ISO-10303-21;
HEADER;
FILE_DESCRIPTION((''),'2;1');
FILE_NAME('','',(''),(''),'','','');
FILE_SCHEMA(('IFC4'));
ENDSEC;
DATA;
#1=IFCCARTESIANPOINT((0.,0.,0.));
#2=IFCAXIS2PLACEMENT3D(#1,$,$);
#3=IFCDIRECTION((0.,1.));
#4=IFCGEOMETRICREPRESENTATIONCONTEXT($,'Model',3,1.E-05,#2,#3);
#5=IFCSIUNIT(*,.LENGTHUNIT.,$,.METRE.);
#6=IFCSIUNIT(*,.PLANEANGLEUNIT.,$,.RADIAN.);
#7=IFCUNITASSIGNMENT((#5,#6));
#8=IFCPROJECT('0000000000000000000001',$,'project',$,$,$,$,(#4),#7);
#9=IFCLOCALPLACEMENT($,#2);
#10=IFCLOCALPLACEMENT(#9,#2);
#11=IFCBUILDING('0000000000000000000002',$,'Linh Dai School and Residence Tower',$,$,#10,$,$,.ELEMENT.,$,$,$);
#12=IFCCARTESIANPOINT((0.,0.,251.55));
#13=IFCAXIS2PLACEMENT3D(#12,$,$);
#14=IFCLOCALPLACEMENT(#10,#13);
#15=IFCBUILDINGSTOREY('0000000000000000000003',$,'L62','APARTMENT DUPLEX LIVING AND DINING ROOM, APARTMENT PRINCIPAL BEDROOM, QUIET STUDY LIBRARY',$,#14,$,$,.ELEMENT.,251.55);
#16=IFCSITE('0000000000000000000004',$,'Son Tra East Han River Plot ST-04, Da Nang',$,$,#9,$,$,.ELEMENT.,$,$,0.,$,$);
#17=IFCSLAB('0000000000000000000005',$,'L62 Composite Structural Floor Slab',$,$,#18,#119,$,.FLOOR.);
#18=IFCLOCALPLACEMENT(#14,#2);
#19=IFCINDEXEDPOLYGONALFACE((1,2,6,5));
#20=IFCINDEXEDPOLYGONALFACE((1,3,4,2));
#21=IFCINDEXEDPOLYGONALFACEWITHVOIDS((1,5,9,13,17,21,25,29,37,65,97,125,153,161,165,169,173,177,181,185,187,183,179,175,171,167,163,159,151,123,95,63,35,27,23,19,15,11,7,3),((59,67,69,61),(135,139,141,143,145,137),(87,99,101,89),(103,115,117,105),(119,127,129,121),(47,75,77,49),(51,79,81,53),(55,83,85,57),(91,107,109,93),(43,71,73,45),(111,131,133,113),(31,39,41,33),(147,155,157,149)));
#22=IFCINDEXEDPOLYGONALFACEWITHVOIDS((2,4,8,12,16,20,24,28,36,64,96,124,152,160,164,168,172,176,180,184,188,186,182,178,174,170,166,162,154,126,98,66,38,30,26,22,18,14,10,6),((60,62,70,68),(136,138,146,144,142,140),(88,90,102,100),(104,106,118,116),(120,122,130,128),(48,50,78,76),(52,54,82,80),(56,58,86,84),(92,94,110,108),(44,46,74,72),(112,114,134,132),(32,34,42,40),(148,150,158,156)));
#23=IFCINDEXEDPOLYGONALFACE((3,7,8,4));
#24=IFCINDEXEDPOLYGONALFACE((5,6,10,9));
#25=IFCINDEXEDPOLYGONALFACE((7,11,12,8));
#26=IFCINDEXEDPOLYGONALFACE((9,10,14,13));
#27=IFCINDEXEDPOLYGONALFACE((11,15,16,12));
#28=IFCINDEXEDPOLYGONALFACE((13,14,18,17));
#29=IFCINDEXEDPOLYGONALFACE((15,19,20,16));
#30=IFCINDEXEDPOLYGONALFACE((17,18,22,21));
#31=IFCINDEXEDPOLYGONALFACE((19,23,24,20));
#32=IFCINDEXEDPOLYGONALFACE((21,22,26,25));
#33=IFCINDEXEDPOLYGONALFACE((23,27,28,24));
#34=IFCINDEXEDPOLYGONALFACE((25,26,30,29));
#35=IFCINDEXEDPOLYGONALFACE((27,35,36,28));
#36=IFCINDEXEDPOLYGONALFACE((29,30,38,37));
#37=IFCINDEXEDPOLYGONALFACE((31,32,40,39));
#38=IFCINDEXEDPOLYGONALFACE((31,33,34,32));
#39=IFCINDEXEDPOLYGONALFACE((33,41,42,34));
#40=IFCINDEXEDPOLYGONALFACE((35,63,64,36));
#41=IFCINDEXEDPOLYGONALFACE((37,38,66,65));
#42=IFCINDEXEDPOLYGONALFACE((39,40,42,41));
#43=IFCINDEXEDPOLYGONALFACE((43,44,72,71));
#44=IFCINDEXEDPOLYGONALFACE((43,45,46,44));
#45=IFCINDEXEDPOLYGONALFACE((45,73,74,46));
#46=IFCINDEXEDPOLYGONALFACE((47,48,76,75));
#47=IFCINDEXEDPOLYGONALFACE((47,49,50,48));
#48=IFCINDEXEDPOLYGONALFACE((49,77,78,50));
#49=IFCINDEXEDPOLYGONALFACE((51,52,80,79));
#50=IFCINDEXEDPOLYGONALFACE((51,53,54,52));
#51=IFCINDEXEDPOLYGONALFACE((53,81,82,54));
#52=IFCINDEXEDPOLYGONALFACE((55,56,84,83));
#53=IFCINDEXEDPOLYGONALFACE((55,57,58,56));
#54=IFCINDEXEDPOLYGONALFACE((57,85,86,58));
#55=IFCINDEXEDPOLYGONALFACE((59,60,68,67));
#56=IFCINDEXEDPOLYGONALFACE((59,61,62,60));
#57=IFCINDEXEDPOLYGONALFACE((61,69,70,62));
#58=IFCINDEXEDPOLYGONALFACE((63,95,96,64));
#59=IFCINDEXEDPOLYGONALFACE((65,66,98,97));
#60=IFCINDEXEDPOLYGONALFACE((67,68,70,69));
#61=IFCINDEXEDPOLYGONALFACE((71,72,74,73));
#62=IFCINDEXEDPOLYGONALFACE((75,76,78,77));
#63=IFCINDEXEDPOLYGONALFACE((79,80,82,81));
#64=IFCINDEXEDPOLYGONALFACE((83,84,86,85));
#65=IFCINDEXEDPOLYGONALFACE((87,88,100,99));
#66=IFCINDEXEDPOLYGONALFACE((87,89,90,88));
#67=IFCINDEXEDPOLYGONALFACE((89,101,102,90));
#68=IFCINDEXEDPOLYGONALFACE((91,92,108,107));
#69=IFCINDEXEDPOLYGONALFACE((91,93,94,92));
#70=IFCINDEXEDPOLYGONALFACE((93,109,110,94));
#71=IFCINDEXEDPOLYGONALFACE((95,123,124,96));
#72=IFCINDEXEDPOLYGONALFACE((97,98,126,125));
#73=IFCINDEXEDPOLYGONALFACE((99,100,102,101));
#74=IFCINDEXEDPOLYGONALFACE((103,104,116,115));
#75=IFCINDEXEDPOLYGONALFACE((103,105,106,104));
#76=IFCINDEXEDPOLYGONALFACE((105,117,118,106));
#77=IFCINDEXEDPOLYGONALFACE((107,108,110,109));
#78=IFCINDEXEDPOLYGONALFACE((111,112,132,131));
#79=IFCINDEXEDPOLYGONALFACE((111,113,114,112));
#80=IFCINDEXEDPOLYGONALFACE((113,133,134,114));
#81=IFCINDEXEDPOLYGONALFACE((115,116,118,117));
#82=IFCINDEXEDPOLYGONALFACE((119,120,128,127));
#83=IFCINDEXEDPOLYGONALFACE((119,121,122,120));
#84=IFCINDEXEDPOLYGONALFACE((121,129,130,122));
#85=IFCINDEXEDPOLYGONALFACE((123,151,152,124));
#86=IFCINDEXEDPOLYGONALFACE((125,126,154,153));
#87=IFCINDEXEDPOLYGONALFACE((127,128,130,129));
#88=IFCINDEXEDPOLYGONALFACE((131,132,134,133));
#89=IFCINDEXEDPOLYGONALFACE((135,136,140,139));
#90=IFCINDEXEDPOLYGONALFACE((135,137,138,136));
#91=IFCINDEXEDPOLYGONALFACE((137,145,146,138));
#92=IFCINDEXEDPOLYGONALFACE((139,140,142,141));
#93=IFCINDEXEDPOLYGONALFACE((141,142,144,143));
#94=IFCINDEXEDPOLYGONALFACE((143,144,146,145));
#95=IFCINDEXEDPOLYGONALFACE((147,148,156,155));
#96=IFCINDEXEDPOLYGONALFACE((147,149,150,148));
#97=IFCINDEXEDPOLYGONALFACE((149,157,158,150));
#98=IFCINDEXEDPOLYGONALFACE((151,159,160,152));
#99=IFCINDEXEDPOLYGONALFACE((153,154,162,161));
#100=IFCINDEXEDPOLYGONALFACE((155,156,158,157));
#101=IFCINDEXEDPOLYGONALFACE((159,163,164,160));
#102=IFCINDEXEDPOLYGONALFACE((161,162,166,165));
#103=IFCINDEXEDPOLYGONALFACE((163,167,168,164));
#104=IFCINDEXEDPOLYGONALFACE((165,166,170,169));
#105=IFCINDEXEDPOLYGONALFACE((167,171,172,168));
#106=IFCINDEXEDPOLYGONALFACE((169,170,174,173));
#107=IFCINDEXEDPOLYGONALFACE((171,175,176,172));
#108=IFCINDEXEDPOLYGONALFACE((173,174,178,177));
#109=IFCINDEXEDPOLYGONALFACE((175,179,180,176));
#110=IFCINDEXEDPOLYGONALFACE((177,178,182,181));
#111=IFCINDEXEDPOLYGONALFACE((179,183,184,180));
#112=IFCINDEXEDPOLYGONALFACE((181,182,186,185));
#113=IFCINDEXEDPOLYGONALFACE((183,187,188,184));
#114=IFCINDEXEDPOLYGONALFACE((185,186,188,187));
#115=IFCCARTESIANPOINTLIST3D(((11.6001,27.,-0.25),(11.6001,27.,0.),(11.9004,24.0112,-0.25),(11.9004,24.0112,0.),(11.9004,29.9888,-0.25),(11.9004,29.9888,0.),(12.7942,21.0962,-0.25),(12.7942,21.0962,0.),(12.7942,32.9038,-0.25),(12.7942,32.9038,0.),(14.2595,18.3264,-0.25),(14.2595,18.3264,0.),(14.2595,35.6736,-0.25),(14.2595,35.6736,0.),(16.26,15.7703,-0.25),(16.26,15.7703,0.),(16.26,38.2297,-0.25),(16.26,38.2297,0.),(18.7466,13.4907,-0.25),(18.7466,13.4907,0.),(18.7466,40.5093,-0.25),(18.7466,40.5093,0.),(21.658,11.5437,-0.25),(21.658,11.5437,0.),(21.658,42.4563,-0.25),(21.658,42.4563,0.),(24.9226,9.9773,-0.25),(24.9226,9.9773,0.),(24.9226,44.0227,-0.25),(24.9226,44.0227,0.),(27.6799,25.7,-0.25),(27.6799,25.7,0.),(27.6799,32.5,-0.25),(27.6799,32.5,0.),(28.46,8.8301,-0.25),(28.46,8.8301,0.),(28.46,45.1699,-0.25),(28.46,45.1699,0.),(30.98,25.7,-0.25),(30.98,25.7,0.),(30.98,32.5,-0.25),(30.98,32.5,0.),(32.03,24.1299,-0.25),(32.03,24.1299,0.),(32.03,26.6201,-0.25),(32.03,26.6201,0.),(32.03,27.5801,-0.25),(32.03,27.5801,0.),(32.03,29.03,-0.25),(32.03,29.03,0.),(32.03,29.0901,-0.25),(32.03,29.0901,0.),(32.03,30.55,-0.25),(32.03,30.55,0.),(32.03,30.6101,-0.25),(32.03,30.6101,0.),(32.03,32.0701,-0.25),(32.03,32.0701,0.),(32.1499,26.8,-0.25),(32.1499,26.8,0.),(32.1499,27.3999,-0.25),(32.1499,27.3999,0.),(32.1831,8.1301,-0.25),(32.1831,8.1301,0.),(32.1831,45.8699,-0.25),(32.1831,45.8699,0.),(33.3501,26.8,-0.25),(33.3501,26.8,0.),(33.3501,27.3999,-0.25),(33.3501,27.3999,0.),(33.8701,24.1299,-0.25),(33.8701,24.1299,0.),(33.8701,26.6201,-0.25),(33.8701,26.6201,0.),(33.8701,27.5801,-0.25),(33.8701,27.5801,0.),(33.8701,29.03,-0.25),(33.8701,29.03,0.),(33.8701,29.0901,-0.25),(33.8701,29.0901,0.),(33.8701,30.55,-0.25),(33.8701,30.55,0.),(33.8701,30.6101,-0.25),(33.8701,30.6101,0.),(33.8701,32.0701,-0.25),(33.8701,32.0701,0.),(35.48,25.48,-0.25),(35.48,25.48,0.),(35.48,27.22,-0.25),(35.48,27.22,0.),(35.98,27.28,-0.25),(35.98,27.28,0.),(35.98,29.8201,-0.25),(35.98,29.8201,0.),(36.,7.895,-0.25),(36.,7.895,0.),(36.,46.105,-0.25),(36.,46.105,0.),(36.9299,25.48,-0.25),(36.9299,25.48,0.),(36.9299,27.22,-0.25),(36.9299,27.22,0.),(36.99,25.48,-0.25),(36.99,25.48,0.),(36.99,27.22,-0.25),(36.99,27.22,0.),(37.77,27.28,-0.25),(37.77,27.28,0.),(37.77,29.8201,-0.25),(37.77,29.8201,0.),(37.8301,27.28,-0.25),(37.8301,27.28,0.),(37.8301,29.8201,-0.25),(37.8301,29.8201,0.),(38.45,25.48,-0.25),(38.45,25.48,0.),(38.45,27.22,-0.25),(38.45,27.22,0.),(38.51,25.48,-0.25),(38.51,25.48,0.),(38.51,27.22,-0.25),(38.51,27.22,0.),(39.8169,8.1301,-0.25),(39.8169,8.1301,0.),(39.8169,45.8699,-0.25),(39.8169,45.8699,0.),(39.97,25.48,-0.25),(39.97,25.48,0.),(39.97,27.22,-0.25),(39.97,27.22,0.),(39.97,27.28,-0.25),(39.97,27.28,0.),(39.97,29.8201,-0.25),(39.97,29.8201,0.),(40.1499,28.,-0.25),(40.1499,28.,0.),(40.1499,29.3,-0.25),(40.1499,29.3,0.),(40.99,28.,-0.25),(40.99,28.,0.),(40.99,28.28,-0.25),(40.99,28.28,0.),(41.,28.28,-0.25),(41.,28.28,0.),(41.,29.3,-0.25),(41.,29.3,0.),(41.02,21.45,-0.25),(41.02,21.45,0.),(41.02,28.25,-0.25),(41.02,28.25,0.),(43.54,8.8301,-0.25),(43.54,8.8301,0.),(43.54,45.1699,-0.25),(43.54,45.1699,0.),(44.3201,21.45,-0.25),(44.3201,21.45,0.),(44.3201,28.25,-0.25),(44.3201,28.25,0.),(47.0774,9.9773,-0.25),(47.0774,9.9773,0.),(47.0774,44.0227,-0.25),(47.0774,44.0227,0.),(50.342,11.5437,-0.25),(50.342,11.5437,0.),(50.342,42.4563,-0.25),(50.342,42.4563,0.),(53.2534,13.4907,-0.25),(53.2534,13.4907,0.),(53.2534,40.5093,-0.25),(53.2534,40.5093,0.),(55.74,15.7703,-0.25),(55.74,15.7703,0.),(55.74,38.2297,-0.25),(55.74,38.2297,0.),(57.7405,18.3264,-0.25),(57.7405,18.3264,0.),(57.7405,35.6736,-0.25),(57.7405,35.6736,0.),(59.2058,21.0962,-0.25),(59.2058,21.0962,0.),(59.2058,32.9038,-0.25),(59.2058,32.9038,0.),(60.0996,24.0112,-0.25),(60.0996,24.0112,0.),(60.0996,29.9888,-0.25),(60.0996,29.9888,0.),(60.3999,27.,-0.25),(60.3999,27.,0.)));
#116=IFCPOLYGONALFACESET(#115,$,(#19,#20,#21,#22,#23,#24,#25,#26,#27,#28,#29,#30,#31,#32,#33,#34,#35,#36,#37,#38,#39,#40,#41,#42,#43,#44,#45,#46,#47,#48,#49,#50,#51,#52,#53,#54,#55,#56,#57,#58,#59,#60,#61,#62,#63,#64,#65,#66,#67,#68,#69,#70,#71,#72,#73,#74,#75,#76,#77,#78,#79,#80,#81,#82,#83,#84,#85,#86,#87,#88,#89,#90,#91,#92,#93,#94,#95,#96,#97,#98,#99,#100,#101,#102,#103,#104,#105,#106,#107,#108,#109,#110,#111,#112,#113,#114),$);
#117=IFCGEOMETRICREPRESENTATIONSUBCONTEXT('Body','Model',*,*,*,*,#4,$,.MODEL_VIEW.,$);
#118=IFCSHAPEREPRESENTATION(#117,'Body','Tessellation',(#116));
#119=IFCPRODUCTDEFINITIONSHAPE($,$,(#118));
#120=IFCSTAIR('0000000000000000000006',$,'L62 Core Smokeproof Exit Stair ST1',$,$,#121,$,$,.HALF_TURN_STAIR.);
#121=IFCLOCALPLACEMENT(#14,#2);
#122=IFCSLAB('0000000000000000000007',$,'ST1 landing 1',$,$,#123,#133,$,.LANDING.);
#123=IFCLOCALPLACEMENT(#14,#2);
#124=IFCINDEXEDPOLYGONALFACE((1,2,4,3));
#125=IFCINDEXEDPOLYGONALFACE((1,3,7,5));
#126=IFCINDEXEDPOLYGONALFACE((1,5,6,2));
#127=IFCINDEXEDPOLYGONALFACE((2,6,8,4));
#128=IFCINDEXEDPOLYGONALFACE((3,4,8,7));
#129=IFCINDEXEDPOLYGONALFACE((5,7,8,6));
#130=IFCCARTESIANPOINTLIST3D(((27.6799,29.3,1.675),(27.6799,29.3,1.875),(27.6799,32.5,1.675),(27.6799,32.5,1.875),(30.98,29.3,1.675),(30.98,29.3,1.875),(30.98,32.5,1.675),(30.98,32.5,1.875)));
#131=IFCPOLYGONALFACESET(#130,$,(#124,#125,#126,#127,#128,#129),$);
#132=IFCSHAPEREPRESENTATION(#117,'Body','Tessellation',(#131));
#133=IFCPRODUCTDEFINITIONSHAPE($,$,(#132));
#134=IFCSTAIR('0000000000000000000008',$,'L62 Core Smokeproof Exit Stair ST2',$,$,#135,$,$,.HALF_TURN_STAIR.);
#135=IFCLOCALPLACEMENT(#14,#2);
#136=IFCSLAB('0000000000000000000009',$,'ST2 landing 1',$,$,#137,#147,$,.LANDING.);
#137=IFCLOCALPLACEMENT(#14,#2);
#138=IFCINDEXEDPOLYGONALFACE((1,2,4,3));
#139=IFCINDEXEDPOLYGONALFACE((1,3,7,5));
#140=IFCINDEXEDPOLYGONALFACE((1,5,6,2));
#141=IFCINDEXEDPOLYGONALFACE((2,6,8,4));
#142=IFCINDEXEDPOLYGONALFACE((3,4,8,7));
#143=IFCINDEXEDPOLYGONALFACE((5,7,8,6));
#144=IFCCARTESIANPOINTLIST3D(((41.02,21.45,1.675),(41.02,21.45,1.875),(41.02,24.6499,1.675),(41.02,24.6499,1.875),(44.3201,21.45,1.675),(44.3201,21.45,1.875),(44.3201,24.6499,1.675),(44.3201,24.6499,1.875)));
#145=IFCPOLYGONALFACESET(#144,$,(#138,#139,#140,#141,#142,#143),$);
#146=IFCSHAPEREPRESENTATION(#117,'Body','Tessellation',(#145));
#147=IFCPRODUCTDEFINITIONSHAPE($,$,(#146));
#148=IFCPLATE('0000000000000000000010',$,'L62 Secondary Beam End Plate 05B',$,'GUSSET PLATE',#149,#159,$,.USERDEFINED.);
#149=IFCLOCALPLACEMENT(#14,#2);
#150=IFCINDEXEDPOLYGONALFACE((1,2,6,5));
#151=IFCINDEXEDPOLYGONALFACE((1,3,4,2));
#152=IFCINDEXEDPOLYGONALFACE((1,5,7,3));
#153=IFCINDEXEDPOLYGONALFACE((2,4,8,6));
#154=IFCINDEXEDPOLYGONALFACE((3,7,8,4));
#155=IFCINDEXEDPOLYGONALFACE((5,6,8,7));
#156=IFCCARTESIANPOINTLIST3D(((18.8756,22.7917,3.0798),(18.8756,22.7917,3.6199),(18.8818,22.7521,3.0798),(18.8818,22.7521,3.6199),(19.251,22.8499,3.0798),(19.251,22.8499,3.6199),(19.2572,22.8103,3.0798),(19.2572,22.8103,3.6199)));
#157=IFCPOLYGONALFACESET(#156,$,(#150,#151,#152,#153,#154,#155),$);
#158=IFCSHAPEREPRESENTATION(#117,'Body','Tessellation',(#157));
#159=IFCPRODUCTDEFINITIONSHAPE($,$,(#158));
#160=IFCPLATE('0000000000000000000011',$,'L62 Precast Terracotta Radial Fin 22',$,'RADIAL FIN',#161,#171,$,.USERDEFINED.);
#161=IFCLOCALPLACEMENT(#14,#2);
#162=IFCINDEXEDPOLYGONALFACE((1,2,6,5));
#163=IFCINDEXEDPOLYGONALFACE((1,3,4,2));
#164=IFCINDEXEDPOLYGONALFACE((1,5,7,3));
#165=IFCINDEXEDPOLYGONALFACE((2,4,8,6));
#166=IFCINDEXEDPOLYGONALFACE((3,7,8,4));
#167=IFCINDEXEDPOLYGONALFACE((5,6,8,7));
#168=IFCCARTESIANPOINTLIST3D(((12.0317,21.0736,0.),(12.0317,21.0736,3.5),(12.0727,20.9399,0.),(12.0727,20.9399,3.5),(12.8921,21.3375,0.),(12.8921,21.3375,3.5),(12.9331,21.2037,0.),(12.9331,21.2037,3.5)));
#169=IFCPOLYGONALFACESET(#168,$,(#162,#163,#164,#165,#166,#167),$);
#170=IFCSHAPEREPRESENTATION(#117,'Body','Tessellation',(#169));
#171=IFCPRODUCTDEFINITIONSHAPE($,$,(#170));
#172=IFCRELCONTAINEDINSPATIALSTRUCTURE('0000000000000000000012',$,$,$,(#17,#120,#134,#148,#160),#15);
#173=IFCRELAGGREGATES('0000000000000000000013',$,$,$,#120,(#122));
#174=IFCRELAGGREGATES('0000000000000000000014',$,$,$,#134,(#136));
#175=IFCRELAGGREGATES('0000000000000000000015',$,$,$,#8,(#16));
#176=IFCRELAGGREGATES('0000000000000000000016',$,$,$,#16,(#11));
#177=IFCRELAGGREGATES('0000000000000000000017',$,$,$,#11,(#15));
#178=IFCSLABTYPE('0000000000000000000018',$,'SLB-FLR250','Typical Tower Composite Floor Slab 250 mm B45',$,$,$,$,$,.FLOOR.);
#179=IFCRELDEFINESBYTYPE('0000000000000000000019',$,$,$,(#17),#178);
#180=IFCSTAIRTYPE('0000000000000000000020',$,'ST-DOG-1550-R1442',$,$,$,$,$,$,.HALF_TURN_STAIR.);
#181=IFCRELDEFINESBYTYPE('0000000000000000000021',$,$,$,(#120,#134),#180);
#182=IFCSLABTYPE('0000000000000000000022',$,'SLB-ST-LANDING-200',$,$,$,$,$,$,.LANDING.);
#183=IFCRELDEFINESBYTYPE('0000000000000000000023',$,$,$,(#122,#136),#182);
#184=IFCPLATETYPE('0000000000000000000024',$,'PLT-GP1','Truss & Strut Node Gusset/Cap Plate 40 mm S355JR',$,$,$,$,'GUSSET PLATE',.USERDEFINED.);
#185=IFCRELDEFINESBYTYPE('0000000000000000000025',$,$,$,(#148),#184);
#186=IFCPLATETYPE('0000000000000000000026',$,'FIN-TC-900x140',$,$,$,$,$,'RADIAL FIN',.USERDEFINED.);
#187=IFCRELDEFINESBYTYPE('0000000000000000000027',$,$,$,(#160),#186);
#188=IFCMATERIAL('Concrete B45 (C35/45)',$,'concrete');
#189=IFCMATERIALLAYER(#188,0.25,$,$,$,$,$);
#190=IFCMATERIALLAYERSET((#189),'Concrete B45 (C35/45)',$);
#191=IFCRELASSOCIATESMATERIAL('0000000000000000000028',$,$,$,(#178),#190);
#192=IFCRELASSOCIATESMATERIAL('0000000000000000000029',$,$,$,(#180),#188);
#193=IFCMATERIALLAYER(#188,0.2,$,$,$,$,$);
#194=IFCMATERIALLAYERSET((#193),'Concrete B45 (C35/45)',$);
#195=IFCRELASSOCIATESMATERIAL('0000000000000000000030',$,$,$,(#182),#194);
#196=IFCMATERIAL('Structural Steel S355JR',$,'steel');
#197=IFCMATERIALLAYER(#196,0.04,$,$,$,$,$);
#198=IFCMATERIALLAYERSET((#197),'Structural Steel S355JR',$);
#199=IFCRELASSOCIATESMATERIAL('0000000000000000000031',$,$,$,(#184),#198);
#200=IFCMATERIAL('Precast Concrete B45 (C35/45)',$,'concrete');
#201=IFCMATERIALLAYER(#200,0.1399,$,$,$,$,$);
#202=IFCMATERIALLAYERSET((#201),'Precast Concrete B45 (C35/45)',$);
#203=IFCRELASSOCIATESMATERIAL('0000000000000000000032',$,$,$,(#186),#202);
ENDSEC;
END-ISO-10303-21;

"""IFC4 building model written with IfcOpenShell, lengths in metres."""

from ifc_helpers import new_model, si_unit, direction, frame, origin, origin_2d, place, context, subcontext, project, spatial, polyline, rectangle, outline, extrude, source, transform, mapped, material, layer, layer_set, type_object, element, aggregate, save


model = new_model("IFC4")

# Units and contexts
model_context = context("Model", 3, precision=1e-05, world=origin(), true_north=direction((0.0, 1.0)))
body_context = subcontext(model_context, "Body", "Model", "MODEL_VIEW")
ifc_project = project(units=[si_unit("LENGTHUNIT", "METRE"), si_unit("PLANEANGLEUNIT", "RADIAN")], contexts=[model_context])

# Site, building, storey
site_placement = place(None, origin())
site = spatial("IfcSite", under=ifc_project, at=site_placement, Name="Son Tra East Han River Plot ST-04, Da Nang", CompositionType="ELEMENT", RefElevation=0.0)
building_placement = place(site_placement, origin())
building = spatial("IfcBuilding", under=site, at=building_placement, Name="Linh Dai School and Residence Tower", CompositionType="ELEMENT")
storey_placement = place(building_placement, frame((0.0, 0.0, 251.55)))
storey = spatial("IfcBuildingStorey", under=building, at=storey_placement, Name="L62", Description="APARTMENT DUPLEX LIVING AND DINING ROOM, APARTMENT PRINCIPAL BEDROOM, QUIET STUDY LIBRARY", CompositionType="ELEMENT", Elevation=251.55)

# Shared definitions
ifc_material_1 = material(Name="Structural Steel S355JR", Category="steel")

# Slab
ifc_material_2 = material(Name="Concrete B45 (C35/45)", Category="concrete")
ifc_layer_1 = layer(ifc_material_2, 0.25)
ifc_layer_set_1 = layer_set([ifc_layer_1], Name="Concrete B45 (C35/45)")
slab_type_1 = type_object("IfcSlabType", Name="SLB-FLR250", Description="Typical Tower Composite Floor Slab 250 mm B45", PredefinedType="FLOOR", material=ifc_layer_set_1)
slab_1_placement = place(storey_placement, frame((0.0, 0.0, -0.25)))
element("IfcSlab", 1, at=slab_1_placement, inside=storey, type_object=slab_type_1, Name="L62 Composite Structural Floor Slab", PredefinedType="FLOOR", context=body_context, shape_type="SweptSolid", body=[
    extrude(outline(polyline([(60.3999, 27.0), (60.0996, 29.9888), (59.2058, 32.9038), (57.7405, 35.6736), (55.74, 38.2297), (53.2534, 40.5093), (50.342, 42.4563), (47.0774, 44.0227), (43.54, 45.1699), (39.8169, 45.8699), (36.0, 46.105), (32.1831, 45.8699), (28.46, 45.1699), (24.9226, 44.0227), (21.658, 42.4563), (18.7466, 40.5093), (16.26, 38.2297), (14.2595, 35.6736), (12.7942, 32.9038), (11.9004, 29.9888), (11.6001, 27.0), (11.9004, 24.0112), (12.7942, 21.0962), (14.2595, 18.3264), (16.26, 15.7703), (18.7466, 13.4907), (21.658, 11.5437), (24.9226, 9.9773), (28.46, 8.8301), (32.1831, 8.1301), (36.0, 7.895), (39.8169, 8.1301), (43.54, 8.8301), (47.0774, 9.9773), (50.342, 11.5437), (53.2534, 13.4907), (55.74, 15.7703), (57.7405, 18.3264), (59.2058, 21.0962), (60.0996, 24.0112), (60.3999, 27.0)]), holes=[polyline([(30.98, 25.7), (30.98, 32.5), (27.6799, 32.5), (27.6799, 25.7), (30.98, 25.7)]), polyline([(41.02, 28.25), (41.02, 21.45), (44.3201, 21.45), (44.3201, 28.25), (41.02, 28.25)]), polyline([(35.98, 27.28), (37.77, 27.28), (37.77, 29.8201), (35.98, 29.8201), (35.98, 27.28)]), polyline([(32.03, 24.1299), (33.8701, 24.1299), (33.8701, 26.6201), (32.03, 26.6201), (32.03, 24.1299)]), polyline([(37.8301, 27.28), (39.97, 27.28), (39.97, 29.8201), (37.8301, 29.8201), (37.8301, 27.28)]), polyline([(32.03, 27.5801), (33.8701, 27.5801), (33.8701, 29.03), (32.03, 29.03), (32.03, 27.5801)]), polyline([(32.03, 29.0901), (33.8701, 29.0901), (33.8701, 30.55), (32.03, 30.55), (32.03, 29.0901)]), polyline([(32.03, 30.6101), (33.8701, 30.6101), (33.8701, 32.0701), (32.03, 32.0701), (32.03, 30.6101)]), polyline([(35.48, 25.48), (36.9299, 25.48), (36.9299, 27.22), (35.48, 27.22), (35.48, 25.48)]), polyline([(36.99, 25.48), (38.45, 25.48), (38.45, 27.22), (36.99, 27.22), (36.99, 25.48)]), polyline([(38.51, 25.48), (39.97, 25.48), (39.97, 27.22), (38.51, 27.22), (38.51, 25.48)]), polyline([(40.1499, 28.0), (40.1499, 29.3), (41.0, 29.3), (41.0, 28.28), (40.99, 28.28), (40.99, 28.0), (40.1499, 28.0)]), polyline([(32.1499, 26.8), (33.3501, 26.8), (33.3501, 27.3999), (32.1499, 27.3999), (32.1499, 26.8)])]), origin(), (0.0, 0.0, 1.0), 0.25),
])

# Stairs, slabs
stair_type = type_object("IfcStairType", Name="ST-DOG-1550-R1442", PredefinedType="HALF_TURN_STAIR", material=ifc_material_2)
stair_1_placement = place(storey_placement, origin())
stair_1 = element("IfcStair", 2, at=stair_1_placement, inside=storey, type_object=stair_type, Name="L62 Core Smokeproof Exit Stair ST1", PredefinedType="HALF_TURN_STAIR")
ifc_layer_2 = layer(ifc_material_2, 0.2)
ifc_layer_set_2 = layer_set([ifc_layer_2], Name="Concrete B45 (C35/45)")
slab_type_2 = type_object("IfcSlabType", Name="SLB-ST-LANDING-200", PredefinedType="LANDING", material=ifc_layer_set_2)
slab_2_placement = place(storey_placement, frame((0.0, 0.0, 1.675)))
slab_2 = element("IfcSlab", 3, at=slab_2_placement, type_object=slab_type_2, Name="ST1 landing 1", PredefinedType="LANDING", context=body_context, shape_type="SweptSolid", body=[
    extrude(outline(polyline([(30.98, 29.3), (30.98, 32.5), (27.6799, 32.5), (27.6799, 29.3), (30.98, 29.3)])), origin(), (0.0, 0.0, 1.0), 0.2),
])
aggregate(stair_1, [slab_2])
stair_2_placement = place(storey_placement, origin())
stair_2 = element("IfcStair", 4, at=stair_2_placement, inside=storey, type_object=stair_type, Name="L62 Core Smokeproof Exit Stair ST2", PredefinedType="HALF_TURN_STAIR")
slab_3_placement = place(storey_placement, frame((0.0, 0.0, 1.675)))
slab_3 = element("IfcSlab", 5, at=slab_3_placement, type_object=slab_type_2, Name="ST2 landing 1", PredefinedType="LANDING", context=body_context, shape_type="SweptSolid", body=[
    extrude(outline(polyline([(41.02, 24.6499), (41.02, 21.45), (44.3201, 21.45), (44.3201, 24.6499), (41.02, 24.6499)])), origin(), (0.0, 0.0, 1.0), 0.2),
])
aggregate(stair_2, [slab_3])

# Plates
ifc_layer_3 = layer(ifc_material_1, 0.04)
ifc_layer_set_3 = layer_set([ifc_layer_3], Name="Structural Steel S355JR")
plate_type_1 = type_object("IfcPlateType", Name="PLT-GP1", Description="Truss & Strut Node Gusset/Cap Plate 40 mm S355JR", ElementType="GUSSET PLATE", PredefinedType="USERDEFINED", material=ifc_layer_set_3)
shared_shape_1 = source(origin(), body_context, "Body", "SweptSolid", [
    extrude(rectangle(XDim=0.04, YDim=0.3799, at=origin_2d()), origin(), (0.0, 0.0, 1.0), 0.54),
])
plate_1_placement = place(storey_placement, frame((19.0664, 22.801, 3.0798), z_axis=(0.0, 0.0, 1.0), x_axis=(0.153186, -0.988197, 0.0)))
element("IfcPlate", 6, at=plate_1_placement, inside=storey, type_object=plate_type_1, Name="L62 Secondary Beam End Plate 05B", ObjectType="GUSSET PLATE", PredefinedType="USERDEFINED", context=body_context, shape_type="MappedRepresentation", body=[
    mapped(shared_shape_1, transform((0.0, 0.0, 0.0), x_axis=(1.0, 0.0, 0.0), y_axis=(0.0, 1.0, 0.0), z_axis=(0.0, 0.0, 1.0), scale=1.0)),
])
ifc_material_3 = material(Name="Precast Concrete B45 (C35/45)", Category="concrete")
ifc_layer_4 = layer(ifc_material_3, 0.1399)
ifc_layer_set_4 = layer_set([ifc_layer_4], Name="Precast Concrete B45 (C35/45)")
plate_type_2 = type_object("IfcPlateType", Name="FIN-TC-900x140", ElementType="RADIAL FIN", PredefinedType="USERDEFINED", material=ifc_layer_set_4)
shared_shape_2 = source(origin(), body_context, "Body", "SweptSolid", [
    extrude(rectangle(XDim=0.8999, YDim=0.1399, at=origin_2d()), origin(), (0.0, 0.0, 1.0), 3.5),
])
plate_2_placement = place(storey_placement, frame((12.4824, 21.1387, 0.0), z_axis=(0.0, 0.0, 1.0), x_axis=(-0.956064, -0.293157, 0.0)))
element("IfcPlate", 7, at=plate_2_placement, inside=storey, type_object=plate_type_2, Name="L62 Precast Terracotta Radial Fin 22", ObjectType="RADIAL FIN", PredefinedType="USERDEFINED", context=body_context, shape_type="MappedRepresentation", body=[
    mapped(shared_shape_2, transform((0.0, 0.0, 0.0), x_axis=(1.0, 0.0, 0.0), y_axis=(0.0, 1.0, 0.0), z_axis=(0.0, 0.0, 1.0), scale=1.0)),
])

save(model, "model.ifc")
